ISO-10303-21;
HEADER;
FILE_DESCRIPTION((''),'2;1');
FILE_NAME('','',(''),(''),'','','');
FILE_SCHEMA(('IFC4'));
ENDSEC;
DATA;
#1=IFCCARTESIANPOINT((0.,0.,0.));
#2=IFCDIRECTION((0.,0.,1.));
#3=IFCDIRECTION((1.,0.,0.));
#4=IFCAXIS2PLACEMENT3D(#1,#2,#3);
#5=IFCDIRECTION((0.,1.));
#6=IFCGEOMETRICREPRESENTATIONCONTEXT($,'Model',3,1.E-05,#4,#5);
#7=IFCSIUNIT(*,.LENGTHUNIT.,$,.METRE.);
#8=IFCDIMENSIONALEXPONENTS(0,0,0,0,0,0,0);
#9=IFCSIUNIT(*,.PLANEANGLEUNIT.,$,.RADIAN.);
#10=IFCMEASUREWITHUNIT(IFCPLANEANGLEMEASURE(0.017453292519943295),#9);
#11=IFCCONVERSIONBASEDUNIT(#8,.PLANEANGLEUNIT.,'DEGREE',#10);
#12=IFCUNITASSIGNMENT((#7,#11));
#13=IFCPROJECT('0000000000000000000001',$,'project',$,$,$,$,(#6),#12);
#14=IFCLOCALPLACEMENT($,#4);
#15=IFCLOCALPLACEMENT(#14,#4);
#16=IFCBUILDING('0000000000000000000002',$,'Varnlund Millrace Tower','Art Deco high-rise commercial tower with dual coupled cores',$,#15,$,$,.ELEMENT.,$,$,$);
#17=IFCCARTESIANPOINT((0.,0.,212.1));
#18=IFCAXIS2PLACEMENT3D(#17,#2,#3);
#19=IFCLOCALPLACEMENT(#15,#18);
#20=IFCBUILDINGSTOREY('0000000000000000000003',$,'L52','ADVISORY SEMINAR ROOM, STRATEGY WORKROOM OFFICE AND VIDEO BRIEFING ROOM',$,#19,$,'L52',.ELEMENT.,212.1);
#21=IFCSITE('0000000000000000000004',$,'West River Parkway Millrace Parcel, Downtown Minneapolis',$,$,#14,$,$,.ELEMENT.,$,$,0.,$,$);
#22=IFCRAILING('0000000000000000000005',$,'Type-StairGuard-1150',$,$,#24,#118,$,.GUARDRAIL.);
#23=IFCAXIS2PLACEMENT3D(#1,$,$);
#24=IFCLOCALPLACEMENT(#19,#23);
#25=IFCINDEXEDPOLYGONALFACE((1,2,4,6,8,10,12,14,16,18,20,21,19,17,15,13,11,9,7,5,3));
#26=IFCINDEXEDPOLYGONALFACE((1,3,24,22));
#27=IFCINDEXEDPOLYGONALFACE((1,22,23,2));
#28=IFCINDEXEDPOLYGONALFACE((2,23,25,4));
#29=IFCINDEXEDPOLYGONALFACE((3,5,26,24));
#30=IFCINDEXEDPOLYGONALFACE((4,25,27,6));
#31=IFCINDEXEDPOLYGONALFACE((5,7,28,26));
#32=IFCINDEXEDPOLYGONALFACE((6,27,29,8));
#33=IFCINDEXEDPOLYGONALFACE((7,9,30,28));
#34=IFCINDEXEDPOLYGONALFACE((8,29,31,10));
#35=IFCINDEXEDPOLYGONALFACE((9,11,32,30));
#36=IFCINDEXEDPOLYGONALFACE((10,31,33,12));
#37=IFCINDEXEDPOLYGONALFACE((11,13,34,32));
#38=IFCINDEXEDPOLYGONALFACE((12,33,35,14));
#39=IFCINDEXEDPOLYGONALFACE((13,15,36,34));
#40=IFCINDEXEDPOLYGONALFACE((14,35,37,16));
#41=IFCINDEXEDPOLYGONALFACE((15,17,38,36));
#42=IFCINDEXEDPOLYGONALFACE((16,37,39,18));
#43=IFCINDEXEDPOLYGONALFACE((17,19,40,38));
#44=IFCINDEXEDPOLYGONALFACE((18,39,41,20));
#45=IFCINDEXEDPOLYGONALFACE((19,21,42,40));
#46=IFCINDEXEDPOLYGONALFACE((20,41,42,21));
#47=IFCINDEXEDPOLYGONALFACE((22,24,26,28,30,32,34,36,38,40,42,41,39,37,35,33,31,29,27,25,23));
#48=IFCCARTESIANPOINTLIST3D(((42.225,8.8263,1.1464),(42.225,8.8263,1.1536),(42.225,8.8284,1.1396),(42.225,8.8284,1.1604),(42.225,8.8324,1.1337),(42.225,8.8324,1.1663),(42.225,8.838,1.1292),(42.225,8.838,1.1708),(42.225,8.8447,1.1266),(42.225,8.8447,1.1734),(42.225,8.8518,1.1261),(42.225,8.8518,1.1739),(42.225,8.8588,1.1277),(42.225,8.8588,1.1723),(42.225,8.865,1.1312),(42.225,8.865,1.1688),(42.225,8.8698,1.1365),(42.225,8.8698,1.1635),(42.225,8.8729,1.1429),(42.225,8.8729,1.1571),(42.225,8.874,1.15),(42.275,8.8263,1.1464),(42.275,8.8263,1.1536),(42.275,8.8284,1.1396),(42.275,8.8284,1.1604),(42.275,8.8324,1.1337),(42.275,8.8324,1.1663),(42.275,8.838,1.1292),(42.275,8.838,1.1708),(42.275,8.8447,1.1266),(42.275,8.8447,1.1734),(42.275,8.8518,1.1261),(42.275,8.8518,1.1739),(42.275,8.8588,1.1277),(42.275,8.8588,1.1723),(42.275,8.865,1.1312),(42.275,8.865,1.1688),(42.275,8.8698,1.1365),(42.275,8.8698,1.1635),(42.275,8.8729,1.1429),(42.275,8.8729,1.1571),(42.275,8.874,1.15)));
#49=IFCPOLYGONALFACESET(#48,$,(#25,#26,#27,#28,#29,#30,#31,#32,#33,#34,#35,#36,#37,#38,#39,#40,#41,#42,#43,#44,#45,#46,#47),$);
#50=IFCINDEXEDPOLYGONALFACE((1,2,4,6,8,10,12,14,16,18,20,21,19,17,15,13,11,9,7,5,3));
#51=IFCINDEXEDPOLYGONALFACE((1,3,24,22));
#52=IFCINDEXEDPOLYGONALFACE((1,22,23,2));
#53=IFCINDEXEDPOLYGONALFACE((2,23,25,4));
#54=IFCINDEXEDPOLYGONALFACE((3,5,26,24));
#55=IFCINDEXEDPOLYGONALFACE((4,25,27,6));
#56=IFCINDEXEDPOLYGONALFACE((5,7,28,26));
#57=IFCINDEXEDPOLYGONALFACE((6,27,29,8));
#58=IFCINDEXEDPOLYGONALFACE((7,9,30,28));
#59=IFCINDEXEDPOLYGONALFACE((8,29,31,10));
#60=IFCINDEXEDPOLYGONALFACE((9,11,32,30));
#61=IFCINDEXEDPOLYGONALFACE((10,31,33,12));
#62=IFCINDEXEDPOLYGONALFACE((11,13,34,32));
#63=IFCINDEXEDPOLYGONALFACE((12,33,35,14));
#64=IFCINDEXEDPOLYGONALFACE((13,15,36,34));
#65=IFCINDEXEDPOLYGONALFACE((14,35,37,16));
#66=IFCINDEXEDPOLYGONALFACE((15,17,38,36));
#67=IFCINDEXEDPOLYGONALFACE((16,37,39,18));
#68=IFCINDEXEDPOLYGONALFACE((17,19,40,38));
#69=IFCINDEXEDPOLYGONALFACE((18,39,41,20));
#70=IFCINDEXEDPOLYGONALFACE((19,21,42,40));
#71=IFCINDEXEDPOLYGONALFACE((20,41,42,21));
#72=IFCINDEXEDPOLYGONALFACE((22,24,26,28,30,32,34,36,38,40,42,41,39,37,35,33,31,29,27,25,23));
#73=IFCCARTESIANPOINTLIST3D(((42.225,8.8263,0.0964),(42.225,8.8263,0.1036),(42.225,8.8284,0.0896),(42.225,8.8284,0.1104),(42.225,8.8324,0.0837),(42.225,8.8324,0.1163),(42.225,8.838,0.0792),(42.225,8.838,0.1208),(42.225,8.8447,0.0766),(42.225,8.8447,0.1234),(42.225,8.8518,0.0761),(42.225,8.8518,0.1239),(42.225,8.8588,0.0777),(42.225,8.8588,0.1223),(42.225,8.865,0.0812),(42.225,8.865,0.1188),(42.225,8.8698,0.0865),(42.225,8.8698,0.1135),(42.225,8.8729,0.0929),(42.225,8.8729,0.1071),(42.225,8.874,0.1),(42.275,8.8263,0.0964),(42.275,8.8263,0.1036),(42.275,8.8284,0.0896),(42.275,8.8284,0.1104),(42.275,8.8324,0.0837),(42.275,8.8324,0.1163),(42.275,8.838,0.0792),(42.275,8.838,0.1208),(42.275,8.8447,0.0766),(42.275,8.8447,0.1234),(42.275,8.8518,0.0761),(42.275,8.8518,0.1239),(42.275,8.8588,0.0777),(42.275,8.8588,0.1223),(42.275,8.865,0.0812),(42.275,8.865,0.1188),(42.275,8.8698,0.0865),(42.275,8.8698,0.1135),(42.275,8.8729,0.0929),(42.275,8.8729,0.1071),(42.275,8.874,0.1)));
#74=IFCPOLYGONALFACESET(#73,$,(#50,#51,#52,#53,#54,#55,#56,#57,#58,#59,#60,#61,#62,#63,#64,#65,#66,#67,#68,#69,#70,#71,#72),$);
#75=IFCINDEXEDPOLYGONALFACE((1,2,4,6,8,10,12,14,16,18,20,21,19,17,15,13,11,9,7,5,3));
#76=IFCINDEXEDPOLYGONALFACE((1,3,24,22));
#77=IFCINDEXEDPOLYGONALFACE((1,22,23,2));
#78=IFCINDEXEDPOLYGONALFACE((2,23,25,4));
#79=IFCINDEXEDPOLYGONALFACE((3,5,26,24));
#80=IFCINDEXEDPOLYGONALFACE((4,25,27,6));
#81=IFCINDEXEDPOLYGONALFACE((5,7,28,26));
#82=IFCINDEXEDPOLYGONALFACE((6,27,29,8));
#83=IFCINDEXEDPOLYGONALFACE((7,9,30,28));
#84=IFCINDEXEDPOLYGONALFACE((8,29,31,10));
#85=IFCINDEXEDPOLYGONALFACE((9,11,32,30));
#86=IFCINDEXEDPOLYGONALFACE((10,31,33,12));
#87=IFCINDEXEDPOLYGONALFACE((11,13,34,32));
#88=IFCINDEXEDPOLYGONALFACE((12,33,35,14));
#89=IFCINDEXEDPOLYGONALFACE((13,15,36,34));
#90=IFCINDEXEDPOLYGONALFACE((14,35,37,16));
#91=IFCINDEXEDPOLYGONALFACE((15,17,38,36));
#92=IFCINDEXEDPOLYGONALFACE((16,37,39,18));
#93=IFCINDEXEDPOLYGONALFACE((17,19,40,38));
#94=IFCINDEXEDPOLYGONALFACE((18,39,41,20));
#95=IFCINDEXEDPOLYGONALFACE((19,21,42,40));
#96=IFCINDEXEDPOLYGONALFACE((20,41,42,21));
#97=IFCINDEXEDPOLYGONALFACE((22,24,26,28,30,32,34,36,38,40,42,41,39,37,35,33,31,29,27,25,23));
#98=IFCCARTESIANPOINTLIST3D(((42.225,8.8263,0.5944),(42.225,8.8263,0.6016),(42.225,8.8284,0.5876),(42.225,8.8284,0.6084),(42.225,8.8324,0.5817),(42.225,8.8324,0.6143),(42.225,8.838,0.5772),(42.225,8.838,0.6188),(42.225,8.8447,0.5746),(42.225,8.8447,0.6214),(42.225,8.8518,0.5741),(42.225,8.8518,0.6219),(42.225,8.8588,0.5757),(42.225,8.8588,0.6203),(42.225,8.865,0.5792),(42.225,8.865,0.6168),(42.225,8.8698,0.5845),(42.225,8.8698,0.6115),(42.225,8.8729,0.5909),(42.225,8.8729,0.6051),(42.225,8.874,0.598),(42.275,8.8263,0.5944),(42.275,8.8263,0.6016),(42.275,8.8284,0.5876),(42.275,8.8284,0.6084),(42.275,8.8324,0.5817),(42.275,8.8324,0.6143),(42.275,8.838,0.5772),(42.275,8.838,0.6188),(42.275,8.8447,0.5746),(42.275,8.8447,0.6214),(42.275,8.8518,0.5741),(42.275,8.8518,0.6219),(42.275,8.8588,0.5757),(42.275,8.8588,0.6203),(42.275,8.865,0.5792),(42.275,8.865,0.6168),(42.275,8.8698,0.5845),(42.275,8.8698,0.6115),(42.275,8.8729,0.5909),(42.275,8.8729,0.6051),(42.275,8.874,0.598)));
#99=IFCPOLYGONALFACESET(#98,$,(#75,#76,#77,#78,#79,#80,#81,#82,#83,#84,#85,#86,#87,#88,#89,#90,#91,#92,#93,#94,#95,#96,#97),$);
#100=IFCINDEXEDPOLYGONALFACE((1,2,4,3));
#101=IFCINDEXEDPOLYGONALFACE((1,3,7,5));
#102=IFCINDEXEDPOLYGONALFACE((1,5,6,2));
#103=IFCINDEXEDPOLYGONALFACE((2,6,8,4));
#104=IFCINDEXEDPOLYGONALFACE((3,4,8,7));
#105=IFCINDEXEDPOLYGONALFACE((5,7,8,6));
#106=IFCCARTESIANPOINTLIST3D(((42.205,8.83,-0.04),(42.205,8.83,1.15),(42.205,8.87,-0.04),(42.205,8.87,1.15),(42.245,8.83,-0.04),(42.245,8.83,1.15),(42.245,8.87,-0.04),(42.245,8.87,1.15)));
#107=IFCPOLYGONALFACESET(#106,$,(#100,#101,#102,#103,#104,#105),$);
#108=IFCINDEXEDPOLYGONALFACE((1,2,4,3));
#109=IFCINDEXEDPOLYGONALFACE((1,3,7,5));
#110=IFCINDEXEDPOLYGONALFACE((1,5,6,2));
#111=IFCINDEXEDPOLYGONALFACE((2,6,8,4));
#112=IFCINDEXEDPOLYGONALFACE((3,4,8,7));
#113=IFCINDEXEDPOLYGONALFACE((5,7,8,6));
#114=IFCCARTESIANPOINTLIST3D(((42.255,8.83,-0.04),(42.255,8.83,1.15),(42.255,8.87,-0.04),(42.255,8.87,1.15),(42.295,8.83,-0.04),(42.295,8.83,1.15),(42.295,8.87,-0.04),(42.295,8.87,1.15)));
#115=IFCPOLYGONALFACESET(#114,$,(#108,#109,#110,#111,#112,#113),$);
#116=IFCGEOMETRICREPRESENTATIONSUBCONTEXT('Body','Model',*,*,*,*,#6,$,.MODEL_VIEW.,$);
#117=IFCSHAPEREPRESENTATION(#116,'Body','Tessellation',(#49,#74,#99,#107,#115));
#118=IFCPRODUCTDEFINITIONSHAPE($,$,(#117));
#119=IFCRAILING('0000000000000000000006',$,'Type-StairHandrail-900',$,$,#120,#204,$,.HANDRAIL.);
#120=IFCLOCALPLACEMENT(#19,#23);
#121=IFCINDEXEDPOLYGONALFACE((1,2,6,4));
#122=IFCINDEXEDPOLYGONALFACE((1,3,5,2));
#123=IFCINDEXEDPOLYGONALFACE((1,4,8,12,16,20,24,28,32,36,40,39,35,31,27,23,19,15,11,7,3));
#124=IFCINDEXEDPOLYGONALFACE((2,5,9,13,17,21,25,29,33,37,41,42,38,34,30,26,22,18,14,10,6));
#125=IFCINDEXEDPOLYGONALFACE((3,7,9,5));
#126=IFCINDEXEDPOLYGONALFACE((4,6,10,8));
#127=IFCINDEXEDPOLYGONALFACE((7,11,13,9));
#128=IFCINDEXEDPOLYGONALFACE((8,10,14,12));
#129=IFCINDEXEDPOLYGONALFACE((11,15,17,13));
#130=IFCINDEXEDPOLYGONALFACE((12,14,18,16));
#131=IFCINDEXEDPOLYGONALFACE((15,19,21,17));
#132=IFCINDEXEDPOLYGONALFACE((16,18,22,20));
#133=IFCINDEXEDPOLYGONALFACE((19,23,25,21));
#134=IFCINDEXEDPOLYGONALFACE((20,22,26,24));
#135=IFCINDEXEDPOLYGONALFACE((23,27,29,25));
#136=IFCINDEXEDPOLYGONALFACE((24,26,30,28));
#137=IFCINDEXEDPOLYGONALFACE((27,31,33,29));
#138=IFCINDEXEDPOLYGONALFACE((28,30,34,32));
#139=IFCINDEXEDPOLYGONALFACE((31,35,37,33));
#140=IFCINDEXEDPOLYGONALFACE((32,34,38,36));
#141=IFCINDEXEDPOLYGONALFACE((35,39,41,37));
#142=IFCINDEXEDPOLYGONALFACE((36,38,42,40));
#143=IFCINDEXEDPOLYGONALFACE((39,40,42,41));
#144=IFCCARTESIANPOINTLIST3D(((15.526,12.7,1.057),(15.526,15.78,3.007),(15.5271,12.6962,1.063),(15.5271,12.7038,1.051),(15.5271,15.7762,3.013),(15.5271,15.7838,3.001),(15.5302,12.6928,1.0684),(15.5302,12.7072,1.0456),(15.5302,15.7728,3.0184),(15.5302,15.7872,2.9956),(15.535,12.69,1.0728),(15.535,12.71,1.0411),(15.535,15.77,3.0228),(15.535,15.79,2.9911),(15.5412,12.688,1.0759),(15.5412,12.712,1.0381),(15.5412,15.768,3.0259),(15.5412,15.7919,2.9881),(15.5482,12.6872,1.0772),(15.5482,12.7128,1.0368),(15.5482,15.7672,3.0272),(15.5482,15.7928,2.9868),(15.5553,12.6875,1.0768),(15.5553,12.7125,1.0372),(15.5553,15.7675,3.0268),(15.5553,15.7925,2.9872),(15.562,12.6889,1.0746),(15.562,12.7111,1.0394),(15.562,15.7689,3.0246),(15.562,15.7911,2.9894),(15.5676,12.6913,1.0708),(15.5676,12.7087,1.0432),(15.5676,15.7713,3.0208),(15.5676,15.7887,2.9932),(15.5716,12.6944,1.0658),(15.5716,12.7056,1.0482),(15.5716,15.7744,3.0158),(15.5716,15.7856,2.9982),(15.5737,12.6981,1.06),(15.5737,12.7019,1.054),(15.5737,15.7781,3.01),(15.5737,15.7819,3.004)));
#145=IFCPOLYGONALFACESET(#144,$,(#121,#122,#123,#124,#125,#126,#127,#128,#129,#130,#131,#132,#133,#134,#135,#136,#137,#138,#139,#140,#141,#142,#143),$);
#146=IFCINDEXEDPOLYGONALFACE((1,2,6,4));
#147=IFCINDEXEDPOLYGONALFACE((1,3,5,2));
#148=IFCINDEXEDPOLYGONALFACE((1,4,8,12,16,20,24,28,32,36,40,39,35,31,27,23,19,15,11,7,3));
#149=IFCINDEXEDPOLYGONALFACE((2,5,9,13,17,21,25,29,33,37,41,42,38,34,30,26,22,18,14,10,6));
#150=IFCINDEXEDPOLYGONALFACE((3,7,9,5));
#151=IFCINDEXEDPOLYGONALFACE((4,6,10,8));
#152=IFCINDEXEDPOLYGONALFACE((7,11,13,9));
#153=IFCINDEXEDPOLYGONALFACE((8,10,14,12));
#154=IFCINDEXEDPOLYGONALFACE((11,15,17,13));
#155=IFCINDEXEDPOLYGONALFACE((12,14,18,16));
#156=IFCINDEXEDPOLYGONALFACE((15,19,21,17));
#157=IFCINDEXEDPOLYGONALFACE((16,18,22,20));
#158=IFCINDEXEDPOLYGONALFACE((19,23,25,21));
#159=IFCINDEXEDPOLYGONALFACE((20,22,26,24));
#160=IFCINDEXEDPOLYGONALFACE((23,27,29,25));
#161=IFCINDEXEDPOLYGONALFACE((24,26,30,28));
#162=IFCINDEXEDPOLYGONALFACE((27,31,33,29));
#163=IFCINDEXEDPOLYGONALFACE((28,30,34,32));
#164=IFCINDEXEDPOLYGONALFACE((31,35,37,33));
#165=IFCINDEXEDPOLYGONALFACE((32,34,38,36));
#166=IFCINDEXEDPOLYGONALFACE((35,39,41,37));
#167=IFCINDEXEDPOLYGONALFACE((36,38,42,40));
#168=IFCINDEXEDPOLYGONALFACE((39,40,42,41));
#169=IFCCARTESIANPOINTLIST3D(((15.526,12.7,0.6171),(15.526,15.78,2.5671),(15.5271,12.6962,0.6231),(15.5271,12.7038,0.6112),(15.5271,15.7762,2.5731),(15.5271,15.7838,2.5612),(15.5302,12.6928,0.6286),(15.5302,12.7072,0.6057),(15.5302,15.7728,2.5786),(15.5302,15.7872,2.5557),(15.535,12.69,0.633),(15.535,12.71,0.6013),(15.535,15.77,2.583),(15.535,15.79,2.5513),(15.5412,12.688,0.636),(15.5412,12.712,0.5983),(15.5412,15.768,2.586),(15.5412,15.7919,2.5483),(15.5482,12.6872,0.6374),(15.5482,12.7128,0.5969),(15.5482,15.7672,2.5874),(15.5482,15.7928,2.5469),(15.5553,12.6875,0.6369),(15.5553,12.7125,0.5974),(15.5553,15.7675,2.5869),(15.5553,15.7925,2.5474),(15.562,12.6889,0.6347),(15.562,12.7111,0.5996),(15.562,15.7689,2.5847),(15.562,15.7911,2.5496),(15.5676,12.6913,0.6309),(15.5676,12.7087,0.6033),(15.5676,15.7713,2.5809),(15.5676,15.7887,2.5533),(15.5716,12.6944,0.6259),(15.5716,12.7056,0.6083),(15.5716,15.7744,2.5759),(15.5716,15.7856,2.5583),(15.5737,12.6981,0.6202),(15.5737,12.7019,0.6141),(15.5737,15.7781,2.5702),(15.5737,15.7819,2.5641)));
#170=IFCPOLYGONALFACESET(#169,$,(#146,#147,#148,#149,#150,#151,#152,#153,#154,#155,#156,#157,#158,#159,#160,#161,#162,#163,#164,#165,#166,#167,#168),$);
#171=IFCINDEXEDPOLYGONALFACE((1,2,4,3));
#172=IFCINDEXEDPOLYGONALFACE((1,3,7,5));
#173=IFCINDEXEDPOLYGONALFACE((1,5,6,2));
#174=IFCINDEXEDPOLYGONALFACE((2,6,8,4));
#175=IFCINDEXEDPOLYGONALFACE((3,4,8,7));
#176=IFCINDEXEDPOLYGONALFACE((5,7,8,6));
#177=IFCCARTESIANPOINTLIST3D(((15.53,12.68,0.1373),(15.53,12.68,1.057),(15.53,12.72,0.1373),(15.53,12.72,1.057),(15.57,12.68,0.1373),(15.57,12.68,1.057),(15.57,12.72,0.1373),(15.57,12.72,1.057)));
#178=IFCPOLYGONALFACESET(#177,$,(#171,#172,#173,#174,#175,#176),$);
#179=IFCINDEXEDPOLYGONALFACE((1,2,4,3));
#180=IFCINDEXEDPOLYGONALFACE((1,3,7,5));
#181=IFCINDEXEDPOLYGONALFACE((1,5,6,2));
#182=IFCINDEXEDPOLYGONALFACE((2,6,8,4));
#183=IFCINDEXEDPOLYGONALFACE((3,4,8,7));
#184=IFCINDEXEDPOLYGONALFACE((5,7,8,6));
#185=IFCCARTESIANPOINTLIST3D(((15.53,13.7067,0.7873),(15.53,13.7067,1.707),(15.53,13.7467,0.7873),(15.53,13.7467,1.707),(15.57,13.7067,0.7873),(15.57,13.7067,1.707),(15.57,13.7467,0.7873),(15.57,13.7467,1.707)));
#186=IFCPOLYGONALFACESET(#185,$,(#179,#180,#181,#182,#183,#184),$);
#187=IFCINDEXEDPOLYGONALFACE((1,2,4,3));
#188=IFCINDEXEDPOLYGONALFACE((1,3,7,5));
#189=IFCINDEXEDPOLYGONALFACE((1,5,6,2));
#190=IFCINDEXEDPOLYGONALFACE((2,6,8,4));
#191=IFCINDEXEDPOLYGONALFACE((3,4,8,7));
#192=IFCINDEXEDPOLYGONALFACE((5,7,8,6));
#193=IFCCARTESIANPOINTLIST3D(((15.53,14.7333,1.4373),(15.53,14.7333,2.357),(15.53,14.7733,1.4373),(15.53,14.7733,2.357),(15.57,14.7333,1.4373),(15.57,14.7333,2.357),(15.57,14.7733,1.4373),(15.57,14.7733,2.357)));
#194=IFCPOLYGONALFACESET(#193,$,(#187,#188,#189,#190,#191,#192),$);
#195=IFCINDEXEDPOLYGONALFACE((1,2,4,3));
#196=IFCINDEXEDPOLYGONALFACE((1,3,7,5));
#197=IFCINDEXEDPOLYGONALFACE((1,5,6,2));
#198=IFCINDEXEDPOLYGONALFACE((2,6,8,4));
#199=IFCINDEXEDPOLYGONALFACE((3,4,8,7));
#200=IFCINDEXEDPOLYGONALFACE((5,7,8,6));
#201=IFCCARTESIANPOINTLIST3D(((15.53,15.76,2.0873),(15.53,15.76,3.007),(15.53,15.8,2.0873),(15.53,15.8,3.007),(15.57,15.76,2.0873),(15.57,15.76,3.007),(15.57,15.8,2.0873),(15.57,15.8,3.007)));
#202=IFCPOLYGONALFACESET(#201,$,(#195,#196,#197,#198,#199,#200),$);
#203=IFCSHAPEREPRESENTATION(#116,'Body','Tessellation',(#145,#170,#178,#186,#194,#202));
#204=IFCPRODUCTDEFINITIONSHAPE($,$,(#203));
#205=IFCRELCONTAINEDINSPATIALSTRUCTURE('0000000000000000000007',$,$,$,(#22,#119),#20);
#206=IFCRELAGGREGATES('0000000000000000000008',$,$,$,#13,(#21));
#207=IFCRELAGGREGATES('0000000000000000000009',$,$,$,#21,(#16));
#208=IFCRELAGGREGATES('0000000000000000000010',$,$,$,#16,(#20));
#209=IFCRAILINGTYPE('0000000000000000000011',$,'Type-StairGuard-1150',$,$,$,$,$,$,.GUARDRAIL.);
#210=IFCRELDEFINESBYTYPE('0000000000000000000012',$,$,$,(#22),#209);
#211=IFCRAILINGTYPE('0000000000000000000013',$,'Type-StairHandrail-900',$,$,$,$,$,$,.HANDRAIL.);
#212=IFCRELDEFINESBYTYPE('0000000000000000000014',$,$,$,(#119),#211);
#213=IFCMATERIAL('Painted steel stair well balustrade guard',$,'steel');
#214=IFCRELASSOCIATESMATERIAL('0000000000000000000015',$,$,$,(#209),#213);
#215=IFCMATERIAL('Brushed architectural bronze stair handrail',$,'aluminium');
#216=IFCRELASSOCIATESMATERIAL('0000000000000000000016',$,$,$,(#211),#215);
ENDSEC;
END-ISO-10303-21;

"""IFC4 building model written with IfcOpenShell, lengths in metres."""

from ifc_helpers import new_model, entity, si_unit, converted_unit, direction, frame, origin_with_axes, origin_2d_with_axis, place, context, subcontext, project, spatial, rectangle, circle, extrude, material, type_object, element, save


model = new_model("IFC4")

# Units and contexts
model_context = context("Model", 3, precision=1e-05, world=origin_with_axes(), true_north=direction((0.0, 1.0)))
body_context = subcontext(model_context, "Body", "Model", "MODEL_VIEW")
ifc_project = project(units=[si_unit("LENGTHUNIT", "METRE"), converted_unit("PLANEANGLEUNIT", "DEGREE", entity("IfcPlaneAngleMeasure", 0.017453292519943295), si_unit("PLANEANGLEUNIT", "RADIAN"), dimensions=[0, 0, 0, 0, 0, 0, 0])], contexts=[model_context])

# Site, building, storey
site_placement = place(None, origin_with_axes())
site = spatial("IfcSite", under=ifc_project, at=site_placement, Name="West River Parkway Millrace Parcel, Downtown Minneapolis", CompositionType="ELEMENT", RefElevation=0.0)
building_placement = place(site_placement, origin_with_axes())
building = spatial("IfcBuilding", under=site, at=building_placement, Name="Varnlund Millrace Tower", Description="Art Deco high-rise commercial tower with dual coupled cores", CompositionType="ELEMENT")
storey_placement = place(building_placement, frame((0.0, 0.0, 212.1), z_axis=(0.0, 0.0, 1.0), x_axis=(1.0, 0.0, 0.0)))
storey = spatial("IfcBuildingStorey", under=building, at=storey_placement, Name="L52", Description="ADVISORY SEMINAR ROOM, STRATEGY WORKROOM OFFICE AND VIDEO BRIEFING ROOM", LongName="L52", CompositionType="ELEMENT", Elevation=212.1)

# Railings
ifc_material_1 = material(Name="Painted steel stair well balustrade guard", Category="steel")
railing_type_1 = type_object("IfcRailingType", Name="Type-StairGuard-1150", PredefinedType="GUARDRAIL", material=ifc_material_1)
railing_1_placement = place(storey_placement, frame((0.0, 0.0, -212.1), z_axis=(0.0, 0.0, 1.0), x_axis=(1.0, 0.0, 0.0)))
element("IfcRailing", 1, at=railing_1_placement, inside=storey, type_object=railing_type_1, Name="Type-StairGuard-1150", PredefinedType="GUARDRAIL", context=body_context, shape_type="SweptSolid", body=[
    extrude(circle(Radius=0.024, at=origin_2d_with_axis()), frame((42.225, 8.85, 213.25), z_axis=(1.0, 0.0, 0.0), x_axis=(0.0, 1.0, 0.0)), (0.0, 0.0, 1.0), 0.05),
    extrude(circle(Radius=0.024, at=origin_2d_with_axis()), frame((42.225, 8.85, 212.2), z_axis=(1.0, 0.0, 0.0), x_axis=(0.0, 1.0, 0.0)), (0.0, 0.0, 1.0), 0.05),
    extrude(circle(Radius=0.024, at=origin_2d_with_axis()), frame((42.225, 8.85, 212.698), z_axis=(1.0, 0.0, 0.0), x_axis=(0.0, 1.0, 0.0)), (0.0, 0.0, 1.0), 0.05),
    extrude(rectangle(XDim=0.04, YDim=0.04, at=origin_2d_with_axis()), frame((42.225, 8.85, 212.06), z_axis=(0.0, 0.0, 1.0), x_axis=(1.0, 0.0, 0.0)), (0.0, 0.0, 1.0), 1.19),
    extrude(rectangle(XDim=0.04, YDim=0.04, at=origin_2d_with_axis()), frame((42.275, 8.85, 212.06), z_axis=(0.0, 0.0, 1.0), x_axis=(1.0, 0.0, 0.0)), (0.0, 0.0, 1.0), 1.19),
])
ifc_material_2 = material(Name="Brushed architectural bronze stair handrail", Category="aluminium")
railing_type_2 = type_object("IfcRailingType", Name="Type-StairHandrail-900", PredefinedType="HANDRAIL", material=ifc_material_2)
railing_2_placement = place(storey_placement, frame((0.0, 0.0, -212.1), z_axis=(0.0, 0.0, 1.0), x_axis=(1.0, 0.0, 0.0)))
element("IfcRailing", 2, at=railing_2_placement, inside=storey, type_object=railing_type_2, Name="Type-StairHandrail-900", PredefinedType="HANDRAIL", context=body_context, shape_type="SweptSolid", body=[
    extrude(circle(Radius=0.024, at=origin_2d_with_axis()), frame((15.55, 12.7, 213.157), z_axis=(0.0, 0.844902, 0.534922), x_axis=(-1.0, 0.0, 0.0)), (0.0, 0.0, 1.0), 3.6454),
    extrude(circle(Radius=0.024, at=origin_2d_with_axis()), frame((15.55, 12.7, 212.7171), z_axis=(0.0, 0.844902, 0.534922), x_axis=(-1.0, 0.0, 0.0)), (0.0, 0.0, 1.0), 3.6454),
    extrude(rectangle(XDim=0.04, YDim=0.04, at=origin_2d_with_axis()), frame((15.55, 12.7, 212.2373), z_axis=(0.0, 0.0, 1.0), x_axis=(1.0, 0.0, 0.0)), (0.0, 0.0, 1.0), 0.9197),
    extrude(rectangle(XDim=0.04, YDim=0.04, at=origin_2d_with_axis()), frame((15.55, 13.7267, 212.8873), z_axis=(0.0, 0.0, 1.0), x_axis=(1.0, 0.0, 0.0)), (0.0, 0.0, 1.0), 0.9197),
    extrude(rectangle(XDim=0.04, YDim=0.04, at=origin_2d_with_axis()), frame((15.55, 14.7533, 213.5373), z_axis=(0.0, 0.0, 1.0), x_axis=(1.0, 0.0, 0.0)), (0.0, 0.0, 1.0), 0.9197),
    extrude(rectangle(XDim=0.04, YDim=0.04, at=origin_2d_with_axis()), frame((15.55, 15.78, 214.1873), z_axis=(0.0, 0.0, 1.0), x_axis=(1.0, 0.0, 0.0)), (0.0, 0.0, 1.0), 0.9197),
])

save(model, "model.ifc")
